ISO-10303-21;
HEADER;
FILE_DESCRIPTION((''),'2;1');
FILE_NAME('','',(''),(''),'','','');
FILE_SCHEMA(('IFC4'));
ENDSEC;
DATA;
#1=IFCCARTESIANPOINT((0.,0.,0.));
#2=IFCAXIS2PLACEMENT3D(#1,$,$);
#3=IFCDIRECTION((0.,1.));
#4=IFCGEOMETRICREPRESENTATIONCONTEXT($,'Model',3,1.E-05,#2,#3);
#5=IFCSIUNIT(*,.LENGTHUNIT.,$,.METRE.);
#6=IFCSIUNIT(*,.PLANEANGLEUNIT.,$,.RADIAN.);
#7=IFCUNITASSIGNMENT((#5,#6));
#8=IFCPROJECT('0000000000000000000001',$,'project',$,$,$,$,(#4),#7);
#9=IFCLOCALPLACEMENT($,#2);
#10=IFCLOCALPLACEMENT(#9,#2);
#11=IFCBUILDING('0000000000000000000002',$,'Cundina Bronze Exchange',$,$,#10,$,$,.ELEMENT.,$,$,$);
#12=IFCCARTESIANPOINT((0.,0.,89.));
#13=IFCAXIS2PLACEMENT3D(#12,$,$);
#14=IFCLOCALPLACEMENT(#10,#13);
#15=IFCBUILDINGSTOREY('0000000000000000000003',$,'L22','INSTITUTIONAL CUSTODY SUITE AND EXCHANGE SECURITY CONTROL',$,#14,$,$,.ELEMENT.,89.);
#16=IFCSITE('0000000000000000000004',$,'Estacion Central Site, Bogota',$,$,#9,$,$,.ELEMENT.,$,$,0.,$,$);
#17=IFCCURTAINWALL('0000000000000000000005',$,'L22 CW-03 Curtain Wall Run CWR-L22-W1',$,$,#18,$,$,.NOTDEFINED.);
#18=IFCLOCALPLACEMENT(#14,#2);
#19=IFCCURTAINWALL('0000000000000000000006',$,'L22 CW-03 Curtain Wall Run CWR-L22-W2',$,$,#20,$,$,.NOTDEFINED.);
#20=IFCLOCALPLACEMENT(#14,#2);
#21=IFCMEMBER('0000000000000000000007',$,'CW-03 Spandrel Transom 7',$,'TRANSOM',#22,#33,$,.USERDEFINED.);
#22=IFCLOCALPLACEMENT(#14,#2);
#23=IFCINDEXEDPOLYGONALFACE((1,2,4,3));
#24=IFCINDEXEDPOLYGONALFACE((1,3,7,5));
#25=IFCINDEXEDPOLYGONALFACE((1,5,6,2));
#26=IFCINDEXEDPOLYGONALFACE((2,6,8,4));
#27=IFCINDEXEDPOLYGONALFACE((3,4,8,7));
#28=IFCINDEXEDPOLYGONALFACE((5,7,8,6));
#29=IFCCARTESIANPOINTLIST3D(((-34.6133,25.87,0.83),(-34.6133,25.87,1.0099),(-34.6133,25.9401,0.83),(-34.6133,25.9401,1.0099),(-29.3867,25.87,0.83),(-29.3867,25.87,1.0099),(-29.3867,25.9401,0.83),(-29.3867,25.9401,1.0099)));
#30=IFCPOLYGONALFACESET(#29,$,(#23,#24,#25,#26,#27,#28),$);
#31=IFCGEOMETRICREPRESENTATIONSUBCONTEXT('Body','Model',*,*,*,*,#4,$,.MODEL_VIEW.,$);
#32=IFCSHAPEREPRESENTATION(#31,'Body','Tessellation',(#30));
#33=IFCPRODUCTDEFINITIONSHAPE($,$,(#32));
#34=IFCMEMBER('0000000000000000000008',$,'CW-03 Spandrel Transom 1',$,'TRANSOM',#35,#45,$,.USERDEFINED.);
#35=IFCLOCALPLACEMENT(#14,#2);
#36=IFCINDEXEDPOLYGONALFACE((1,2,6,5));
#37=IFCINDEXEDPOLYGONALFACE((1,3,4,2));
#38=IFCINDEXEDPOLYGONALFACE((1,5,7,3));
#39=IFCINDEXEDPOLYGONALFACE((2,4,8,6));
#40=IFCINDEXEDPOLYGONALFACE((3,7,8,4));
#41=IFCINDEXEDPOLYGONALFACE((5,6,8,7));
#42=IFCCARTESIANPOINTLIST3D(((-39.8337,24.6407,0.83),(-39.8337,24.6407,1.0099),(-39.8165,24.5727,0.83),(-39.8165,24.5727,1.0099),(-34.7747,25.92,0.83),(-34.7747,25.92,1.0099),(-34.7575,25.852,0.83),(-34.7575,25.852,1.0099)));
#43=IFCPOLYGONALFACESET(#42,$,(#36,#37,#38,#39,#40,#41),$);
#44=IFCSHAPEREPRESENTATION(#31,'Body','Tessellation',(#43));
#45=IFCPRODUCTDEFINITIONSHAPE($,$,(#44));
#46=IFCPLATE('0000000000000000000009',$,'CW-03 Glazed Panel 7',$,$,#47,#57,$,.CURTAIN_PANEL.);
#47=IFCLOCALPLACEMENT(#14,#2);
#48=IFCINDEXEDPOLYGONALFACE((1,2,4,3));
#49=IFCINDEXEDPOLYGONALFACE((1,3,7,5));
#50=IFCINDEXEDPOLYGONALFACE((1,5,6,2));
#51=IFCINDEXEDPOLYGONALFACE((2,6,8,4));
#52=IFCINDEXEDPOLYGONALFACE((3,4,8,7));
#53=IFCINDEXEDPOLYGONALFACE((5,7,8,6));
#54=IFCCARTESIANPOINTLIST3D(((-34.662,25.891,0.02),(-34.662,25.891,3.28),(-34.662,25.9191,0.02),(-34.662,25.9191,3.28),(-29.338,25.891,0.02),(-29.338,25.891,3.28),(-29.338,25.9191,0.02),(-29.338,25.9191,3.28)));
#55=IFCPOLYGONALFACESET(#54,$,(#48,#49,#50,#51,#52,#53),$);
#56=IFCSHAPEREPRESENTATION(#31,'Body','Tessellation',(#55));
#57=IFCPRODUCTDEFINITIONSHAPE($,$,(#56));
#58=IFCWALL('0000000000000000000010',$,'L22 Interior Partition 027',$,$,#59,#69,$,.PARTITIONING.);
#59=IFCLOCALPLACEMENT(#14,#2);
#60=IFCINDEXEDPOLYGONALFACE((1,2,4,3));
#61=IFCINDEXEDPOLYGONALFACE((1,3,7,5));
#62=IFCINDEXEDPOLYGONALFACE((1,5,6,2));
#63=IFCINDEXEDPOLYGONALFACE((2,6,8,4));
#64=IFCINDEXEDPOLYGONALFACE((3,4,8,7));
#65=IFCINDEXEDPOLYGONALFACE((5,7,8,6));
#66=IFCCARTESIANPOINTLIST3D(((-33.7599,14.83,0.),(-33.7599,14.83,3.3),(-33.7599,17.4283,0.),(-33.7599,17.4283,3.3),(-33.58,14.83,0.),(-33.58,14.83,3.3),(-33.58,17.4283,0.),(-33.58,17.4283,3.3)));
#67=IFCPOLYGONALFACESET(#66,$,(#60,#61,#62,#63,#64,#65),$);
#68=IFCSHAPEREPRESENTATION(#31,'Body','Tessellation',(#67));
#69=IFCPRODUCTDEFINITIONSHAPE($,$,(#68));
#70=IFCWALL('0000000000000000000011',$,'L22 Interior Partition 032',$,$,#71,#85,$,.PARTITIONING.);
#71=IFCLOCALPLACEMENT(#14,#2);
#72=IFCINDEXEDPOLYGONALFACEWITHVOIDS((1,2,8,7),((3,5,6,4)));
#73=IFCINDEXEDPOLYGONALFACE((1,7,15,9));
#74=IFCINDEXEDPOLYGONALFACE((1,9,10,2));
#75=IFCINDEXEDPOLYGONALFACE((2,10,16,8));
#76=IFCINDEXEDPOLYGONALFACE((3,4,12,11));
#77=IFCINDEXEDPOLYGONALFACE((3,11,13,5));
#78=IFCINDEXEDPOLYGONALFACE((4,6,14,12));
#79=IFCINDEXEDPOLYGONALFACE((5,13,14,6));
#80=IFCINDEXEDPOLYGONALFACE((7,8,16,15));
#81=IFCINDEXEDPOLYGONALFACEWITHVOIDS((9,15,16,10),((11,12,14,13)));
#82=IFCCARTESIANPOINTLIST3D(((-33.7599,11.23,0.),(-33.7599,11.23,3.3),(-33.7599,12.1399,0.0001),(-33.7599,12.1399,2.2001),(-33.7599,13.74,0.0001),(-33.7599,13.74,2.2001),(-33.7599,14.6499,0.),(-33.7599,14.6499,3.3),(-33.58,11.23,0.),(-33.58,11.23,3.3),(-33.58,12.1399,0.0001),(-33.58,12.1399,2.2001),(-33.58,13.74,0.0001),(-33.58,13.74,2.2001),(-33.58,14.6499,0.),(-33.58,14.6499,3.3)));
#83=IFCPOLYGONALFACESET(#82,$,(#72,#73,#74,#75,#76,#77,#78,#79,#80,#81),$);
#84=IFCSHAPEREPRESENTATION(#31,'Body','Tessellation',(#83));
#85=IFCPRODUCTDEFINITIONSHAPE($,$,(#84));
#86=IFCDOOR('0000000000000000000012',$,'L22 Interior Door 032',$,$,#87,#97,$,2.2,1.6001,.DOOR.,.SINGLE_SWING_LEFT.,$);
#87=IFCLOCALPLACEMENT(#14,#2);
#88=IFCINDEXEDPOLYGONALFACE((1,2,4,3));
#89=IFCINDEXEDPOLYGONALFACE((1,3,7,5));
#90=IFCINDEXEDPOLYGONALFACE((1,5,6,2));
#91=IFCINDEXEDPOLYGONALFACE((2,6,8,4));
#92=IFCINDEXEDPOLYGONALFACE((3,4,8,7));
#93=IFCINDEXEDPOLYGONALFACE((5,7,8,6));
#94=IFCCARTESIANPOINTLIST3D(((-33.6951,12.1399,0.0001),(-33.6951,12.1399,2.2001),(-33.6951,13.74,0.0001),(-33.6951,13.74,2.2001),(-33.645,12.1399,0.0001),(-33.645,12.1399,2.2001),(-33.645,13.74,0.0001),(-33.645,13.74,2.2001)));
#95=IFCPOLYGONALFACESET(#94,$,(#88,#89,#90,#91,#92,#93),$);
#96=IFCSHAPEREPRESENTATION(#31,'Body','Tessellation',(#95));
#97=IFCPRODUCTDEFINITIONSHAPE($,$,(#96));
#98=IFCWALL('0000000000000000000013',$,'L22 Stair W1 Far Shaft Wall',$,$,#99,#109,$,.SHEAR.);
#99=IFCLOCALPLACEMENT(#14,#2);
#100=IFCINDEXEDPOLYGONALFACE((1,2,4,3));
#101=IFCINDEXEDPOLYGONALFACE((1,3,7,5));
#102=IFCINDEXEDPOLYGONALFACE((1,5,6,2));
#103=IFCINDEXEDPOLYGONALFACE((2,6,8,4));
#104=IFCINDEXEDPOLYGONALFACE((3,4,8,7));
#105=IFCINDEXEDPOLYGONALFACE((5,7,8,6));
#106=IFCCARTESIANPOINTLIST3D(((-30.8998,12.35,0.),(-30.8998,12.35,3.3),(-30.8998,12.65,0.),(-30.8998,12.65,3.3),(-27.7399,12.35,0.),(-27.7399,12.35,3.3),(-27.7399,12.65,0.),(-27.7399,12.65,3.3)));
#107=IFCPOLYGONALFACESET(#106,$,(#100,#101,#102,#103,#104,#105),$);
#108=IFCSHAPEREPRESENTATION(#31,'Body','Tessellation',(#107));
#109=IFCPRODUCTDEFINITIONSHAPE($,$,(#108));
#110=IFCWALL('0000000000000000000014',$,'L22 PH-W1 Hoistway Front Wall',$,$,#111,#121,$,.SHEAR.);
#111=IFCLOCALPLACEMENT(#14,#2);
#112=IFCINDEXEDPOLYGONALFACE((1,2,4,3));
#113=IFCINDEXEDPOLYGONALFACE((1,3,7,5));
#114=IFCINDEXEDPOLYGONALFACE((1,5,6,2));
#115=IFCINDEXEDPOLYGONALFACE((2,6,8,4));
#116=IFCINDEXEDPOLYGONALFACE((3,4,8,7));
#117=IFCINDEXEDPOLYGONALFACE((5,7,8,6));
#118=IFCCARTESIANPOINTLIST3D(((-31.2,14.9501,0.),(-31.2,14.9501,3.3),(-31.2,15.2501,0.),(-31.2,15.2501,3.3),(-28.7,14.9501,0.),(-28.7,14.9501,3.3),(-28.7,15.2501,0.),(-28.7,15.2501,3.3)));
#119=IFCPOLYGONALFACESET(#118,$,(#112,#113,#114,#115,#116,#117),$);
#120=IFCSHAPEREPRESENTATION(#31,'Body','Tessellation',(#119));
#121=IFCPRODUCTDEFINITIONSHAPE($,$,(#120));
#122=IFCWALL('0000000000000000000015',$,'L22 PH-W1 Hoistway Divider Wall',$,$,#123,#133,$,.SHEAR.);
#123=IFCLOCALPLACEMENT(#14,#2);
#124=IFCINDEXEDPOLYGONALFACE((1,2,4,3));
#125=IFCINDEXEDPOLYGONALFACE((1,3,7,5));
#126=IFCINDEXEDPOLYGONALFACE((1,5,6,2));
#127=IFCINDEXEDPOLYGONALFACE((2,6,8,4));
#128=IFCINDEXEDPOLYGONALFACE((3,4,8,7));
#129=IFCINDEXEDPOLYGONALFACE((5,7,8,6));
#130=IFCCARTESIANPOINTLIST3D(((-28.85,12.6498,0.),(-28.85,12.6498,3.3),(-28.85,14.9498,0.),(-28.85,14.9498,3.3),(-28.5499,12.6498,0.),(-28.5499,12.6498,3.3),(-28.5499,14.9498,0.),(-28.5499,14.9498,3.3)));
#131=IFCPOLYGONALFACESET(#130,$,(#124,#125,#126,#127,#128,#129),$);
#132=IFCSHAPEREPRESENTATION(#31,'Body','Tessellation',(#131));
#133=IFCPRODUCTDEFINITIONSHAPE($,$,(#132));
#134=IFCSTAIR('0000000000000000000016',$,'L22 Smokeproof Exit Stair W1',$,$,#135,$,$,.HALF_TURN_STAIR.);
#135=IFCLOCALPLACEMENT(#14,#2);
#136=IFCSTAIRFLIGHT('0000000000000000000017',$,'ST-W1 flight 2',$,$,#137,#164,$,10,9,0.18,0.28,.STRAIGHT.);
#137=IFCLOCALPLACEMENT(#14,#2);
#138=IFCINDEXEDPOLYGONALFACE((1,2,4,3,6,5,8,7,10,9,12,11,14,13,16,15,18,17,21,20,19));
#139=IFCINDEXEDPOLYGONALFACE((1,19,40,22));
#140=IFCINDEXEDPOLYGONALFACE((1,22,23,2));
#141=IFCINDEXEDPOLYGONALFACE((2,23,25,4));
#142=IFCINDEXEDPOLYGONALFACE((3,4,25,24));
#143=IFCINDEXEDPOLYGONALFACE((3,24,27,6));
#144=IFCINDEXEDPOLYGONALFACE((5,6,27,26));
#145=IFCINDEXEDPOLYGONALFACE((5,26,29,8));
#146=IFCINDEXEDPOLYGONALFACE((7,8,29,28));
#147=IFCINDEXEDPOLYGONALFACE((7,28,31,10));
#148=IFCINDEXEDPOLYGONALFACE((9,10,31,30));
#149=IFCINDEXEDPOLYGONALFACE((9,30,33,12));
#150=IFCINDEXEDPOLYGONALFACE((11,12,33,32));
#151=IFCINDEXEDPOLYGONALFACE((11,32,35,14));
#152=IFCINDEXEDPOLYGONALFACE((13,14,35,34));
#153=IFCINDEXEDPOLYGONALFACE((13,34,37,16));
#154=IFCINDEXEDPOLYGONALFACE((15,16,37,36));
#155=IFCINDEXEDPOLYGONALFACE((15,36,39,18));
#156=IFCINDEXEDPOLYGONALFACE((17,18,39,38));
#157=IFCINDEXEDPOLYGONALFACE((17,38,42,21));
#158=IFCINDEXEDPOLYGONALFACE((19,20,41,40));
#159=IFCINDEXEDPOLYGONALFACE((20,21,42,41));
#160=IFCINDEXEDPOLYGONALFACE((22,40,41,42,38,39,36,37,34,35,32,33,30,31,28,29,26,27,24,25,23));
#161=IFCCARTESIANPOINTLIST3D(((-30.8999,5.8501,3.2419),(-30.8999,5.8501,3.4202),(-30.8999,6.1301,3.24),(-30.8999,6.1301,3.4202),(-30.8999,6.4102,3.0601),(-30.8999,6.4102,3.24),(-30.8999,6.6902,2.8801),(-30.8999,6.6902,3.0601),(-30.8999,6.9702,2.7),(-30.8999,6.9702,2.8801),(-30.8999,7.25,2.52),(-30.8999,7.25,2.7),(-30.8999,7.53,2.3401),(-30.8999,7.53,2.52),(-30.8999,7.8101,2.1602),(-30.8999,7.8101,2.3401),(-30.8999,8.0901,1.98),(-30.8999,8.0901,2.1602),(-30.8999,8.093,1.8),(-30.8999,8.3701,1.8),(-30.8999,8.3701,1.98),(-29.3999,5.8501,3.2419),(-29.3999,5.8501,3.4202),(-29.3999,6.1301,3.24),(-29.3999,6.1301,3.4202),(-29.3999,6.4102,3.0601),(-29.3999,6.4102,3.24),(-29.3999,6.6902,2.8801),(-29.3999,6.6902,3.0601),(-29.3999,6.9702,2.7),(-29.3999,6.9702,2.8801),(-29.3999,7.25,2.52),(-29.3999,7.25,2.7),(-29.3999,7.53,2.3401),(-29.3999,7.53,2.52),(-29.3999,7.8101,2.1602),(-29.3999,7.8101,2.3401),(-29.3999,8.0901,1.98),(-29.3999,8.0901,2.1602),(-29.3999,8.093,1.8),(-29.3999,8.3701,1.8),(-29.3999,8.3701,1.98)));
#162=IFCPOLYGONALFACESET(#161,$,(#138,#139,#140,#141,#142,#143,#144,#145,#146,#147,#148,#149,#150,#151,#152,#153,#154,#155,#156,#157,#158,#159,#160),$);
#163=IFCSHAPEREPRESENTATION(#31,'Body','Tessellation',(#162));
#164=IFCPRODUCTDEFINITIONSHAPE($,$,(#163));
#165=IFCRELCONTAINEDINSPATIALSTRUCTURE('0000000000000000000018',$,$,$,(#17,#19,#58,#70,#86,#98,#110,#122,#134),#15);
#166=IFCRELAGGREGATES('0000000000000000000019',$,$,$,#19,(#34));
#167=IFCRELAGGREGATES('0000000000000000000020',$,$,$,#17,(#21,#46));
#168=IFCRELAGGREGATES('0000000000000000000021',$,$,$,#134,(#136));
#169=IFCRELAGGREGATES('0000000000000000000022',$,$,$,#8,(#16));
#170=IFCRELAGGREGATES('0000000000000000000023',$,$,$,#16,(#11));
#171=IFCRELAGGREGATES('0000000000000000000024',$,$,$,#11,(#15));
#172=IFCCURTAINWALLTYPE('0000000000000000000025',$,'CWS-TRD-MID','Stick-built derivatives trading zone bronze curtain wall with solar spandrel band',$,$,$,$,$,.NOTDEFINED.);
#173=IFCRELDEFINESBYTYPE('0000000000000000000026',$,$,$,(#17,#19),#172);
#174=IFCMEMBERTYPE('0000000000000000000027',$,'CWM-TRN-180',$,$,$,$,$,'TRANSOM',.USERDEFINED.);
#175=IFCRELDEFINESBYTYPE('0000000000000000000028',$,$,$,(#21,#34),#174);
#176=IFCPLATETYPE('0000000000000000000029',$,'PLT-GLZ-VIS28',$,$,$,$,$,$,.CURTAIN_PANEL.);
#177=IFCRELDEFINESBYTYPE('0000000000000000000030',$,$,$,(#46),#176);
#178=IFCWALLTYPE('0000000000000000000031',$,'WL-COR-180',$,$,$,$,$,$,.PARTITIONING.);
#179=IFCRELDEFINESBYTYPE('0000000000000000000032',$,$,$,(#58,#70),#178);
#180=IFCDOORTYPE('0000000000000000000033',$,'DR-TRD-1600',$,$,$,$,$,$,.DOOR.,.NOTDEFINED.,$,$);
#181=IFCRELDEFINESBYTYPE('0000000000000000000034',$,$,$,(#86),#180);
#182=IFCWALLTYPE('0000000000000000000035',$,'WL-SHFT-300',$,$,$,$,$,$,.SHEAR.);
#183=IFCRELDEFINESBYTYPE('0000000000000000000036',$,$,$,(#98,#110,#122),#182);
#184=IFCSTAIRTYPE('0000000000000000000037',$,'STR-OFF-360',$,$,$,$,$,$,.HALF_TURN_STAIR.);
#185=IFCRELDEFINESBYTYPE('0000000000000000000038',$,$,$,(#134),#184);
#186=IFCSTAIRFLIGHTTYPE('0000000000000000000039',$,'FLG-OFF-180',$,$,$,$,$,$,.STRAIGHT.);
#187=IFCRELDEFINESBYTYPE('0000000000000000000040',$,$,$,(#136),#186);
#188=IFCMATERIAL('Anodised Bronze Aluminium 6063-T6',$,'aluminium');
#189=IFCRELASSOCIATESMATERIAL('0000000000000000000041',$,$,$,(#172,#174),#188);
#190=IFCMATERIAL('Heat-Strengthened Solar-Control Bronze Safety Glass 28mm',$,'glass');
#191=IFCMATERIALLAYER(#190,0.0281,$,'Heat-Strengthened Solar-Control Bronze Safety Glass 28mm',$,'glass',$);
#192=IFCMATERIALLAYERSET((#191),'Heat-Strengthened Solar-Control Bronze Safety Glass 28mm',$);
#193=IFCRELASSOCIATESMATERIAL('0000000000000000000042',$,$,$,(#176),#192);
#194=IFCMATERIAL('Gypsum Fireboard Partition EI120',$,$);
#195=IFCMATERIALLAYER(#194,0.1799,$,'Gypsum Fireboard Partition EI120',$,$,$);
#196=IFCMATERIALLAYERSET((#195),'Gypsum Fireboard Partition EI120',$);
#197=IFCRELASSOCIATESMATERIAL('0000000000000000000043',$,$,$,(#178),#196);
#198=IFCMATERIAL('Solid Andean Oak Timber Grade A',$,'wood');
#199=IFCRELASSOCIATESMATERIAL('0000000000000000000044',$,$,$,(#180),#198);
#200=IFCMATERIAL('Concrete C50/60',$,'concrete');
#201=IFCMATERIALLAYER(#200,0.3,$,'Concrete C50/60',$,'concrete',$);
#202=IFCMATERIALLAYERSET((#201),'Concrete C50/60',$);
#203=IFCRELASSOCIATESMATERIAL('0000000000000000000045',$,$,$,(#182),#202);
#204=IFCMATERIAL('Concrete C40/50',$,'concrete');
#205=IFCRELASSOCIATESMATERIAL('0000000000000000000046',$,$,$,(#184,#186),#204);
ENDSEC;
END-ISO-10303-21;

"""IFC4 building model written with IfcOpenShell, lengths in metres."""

from ifc_helpers import new_model, si_unit, direction, frame, frame_2d, origin, origin_2d, place, context, subcontext, project, spatial, polyline, rectangle, outline, extrude, material, layer, layer_set, material_profile, profile_set, type_object, element, fill, aggregate, save


model = new_model("IFC4")

# Units and contexts
model_context = context("Model", 3, precision=1e-05, world=origin(), true_north=direction((0.0, 1.0)))
body_context = subcontext(model_context, "Body", "Model", "MODEL_VIEW")
ifc_project = project(units=[si_unit("LENGTHUNIT", "METRE"), si_unit("PLANEANGLEUNIT", "RADIAN")], contexts=[model_context])

# Site, building, storey
site_placement = place(None, origin())
site = spatial("IfcSite", under=ifc_project, at=site_placement, Name="Estacion Central Site, Bogota", CompositionType="ELEMENT", RefElevation=0.0)
building_placement = place(site_placement, origin())
building = spatial("IfcBuilding", under=site, at=building_placement, Name="Cundina Bronze Exchange", CompositionType="ELEMENT")
storey_placement = place(building_placement, frame((0.0, 0.0, 89.0)))
storey = spatial("IfcBuildingStorey", under=building, at=storey_placement, Name="L22", Description="INSTITUTIONAL CUSTODY SUITE AND EXCHANGE SECURITY CONTROL", CompositionType="ELEMENT", Elevation=89.0)

# Curtain wall
ifc_material_1 = material(Name="Anodised Bronze Aluminium 6063-T6", Category="aluminium")
curtain_wall_type = type_object("IfcCurtainWallType", Name="CWS-TRD-MID", Description="Stick-built derivatives trading zone bronze curtain wall with solar spandrel band", PredefinedType="NOTDEFINED", material=ifc_material_1)
curtain_wall_1_placement = place(storey_placement, origin())
curtain_wall_1 = element("IfcCurtainWall", 1, at=curtain_wall_1_placement, inside=storey, type_object=curtain_wall_type, Name="L22 CW-03 Curtain Wall Run CWR-L22-W1", PredefinedType="NOTDEFINED")

# Curtain wall
curtain_wall_2_placement = place(storey_placement, origin())
curtain_wall_2 = element("IfcCurtainWall", 2, at=curtain_wall_2_placement, inside=storey, type_object=curtain_wall_type, Name="L22 CW-03 Curtain Wall Run CWR-L22-W2", PredefinedType="NOTDEFINED")

# Members
ifc_material_profile_1 = material_profile(ifc_material_1, rectangle(XDim=0.0701, YDim=0.1799, at=origin_2d()), Name="AL70X180", Category="aluminium")
ifc_profile_set_1 = profile_set([ifc_material_profile_1], Name="Anodised Bronze Aluminium 6063-T6")
member_type_1 = type_object("IfcMemberType", Name="CWM-TRN-180", ElementType="TRANSOM", PredefinedType="USERDEFINED", material=ifc_profile_set_1)
member_1_placement = place(storey_placement, frame((-29.3867, 25.905, 0.9199), z_axis=(-1.0, 0.0, 0.0), x_axis=(0.0, -1.0, 0.0)))
member_1 = element("IfcMember", 3, at=member_1_placement, type_object=member_type_1, Name="CW-03 Spandrel Transom 7", ObjectType="TRANSOM", PredefinedType="USERDEFINED", context=body_context, shape_type="SweptSolid", body=[
    extrude(rectangle(XDim=0.0701, YDim=0.1799, at=origin_2d()), origin(), (0.0, 0.0, 1.0), 5.2266),
])
member_2_placement = place(storey_placement, frame((-34.7661, 25.886, 0.9199), z_axis=(-0.969484, -0.245155, 0.0), x_axis=(0.245155, -0.969484, 0.0)))
member_2 = element("IfcMember", 4, at=member_2_placement, type_object=member_type_1, Name="CW-03 Spandrel Transom 1", ObjectType="TRANSOM", PredefinedType="USERDEFINED", context=body_context, shape_type="SweptSolid", body=[
    extrude(rectangle(XDim=0.0701, YDim=0.1799, at=origin_2d()), origin(), (0.0, 0.0, 1.0), 5.2183),
])
aggregate(curtain_wall_2, [member_2])

# Plate
ifc_material_2 = material(Name="Heat-Strengthened Solar-Control Bronze Safety Glass 28mm", Category="glass")
ifc_layer_1 = layer(ifc_material_2, 0.0281, Name="Heat-Strengthened Solar-Control Bronze Safety Glass 28mm", Category="glass")
ifc_layer_set_1 = layer_set([ifc_layer_1], Name="Heat-Strengthened Solar-Control Bronze Safety Glass 28mm")
plate_type = type_object("IfcPlateType", Name="PLT-GLZ-VIS28", PredefinedType="CURTAIN_PANEL", material=ifc_layer_set_1)
plate_placement = place(storey_placement, frame((-32.0, 25.905, 0.02), z_axis=(0.0, 0.0, 1.0), x_axis=(-1.0, 0.0, 0.0)))
plate = element("IfcPlate", 5, at=plate_placement, type_object=plate_type, Name="CW-03 Glazed Panel 7", PredefinedType="CURTAIN_PANEL", context=body_context, shape_type="SweptSolid", body=[
    extrude(rectangle(XDim=5.324, YDim=0.0281, at=origin_2d()), origin(), (0.0, 0.0, 1.0), 3.26),
])
aggregate(curtain_wall_1, [member_1, plate])

# Shared definitions
ifc_material_3 = material(Name="Gypsum Fireboard Partition EI120")
ifc_layer_2 = layer(ifc_material_3, 0.1799, Name="Gypsum Fireboard Partition EI120")
ifc_layer_set_2 = layer_set([ifc_layer_2], Name="Gypsum Fireboard Partition EI120")
wall_type_1 = type_object("IfcWallType", Name="WL-COR-180", PredefinedType="PARTITIONING", material=ifc_layer_set_2)
ifc_material_4 = material(Name="Solid Andean Oak Timber Grade A", Category="wood")

# Wall
wall_1_placement = place(storey_placement, frame((-33.6699, 17.4285, 0.0), z_axis=(0.0, 0.0, 1.0), x_axis=(0.0, -1.0, 0.0)))
element("IfcWall", 6, at=wall_1_placement, inside=storey, type_object=wall_type_1, Name="L22 Interior Partition 027", PredefinedType="PARTITIONING", context=body_context, shape_type="SweptSolid", body=[
    extrude(rectangle(XDim=2.5984, YDim=0.1799, at=frame_2d((1.2993, 0.0))), origin(), (0.0, 0.0, 1.0), 3.3),
])

# Wall, opening, door
wall_2_placement = place(storey_placement, frame((-33.6699, 14.6499, 0.0), z_axis=(0.0, 0.0, 1.0), x_axis=(0.0, -1.0, 0.0)))
wall_2 = element("IfcWall", 7, at=wall_2_placement, inside=storey, type_object=wall_type_1, Name="L22 Interior Partition 032", PredefinedType="PARTITIONING", context=body_context, shape_type="SweptSolid", body=[
    extrude(rectangle(XDim=3.4199, YDim=0.1799, at=frame_2d((1.71, 0.0))), origin(), (0.0, 0.0, 1.0), 3.3),
])
opening_1_placement = place(wall_2_placement, frame((0.9099, 0.0, 0.0)))
opening_1 = element("IfcOpeningElement", 8, at=opening_1_placement, cuts=wall_2, PredefinedType="OPENING", context=body_context, shape_type="SweptSolid", body=[
    extrude(rectangle(XDim=1.6001, YDim=2.2, at=frame_2d((0.8, 1.1001))), frame((0.0, 0.0999, 0.0), z_axis=(0.0, -1.0, 0.0), x_axis=(1.0, 0.0, 0.0)), (0.0, 0.0, 1.0), 0.2),
])
door_type_1 = type_object("IfcDoorType", Name="DR-TRD-1600", OperationType="NOTDEFINED", PredefinedType="DOOR", material=ifc_material_4)
door_1_placement = place(opening_1_placement, origin())
door_1 = element("IfcDoor", 9, at=door_1_placement, inside=storey, type_object=door_type_1, Name="L22 Interior Door 032", OperationType="SINGLE_SWING_LEFT", OverallHeight=2.2, OverallWidth=1.6001, PredefinedType="DOOR", context=body_context, shape_type="SweptSolid", body=[
    extrude(rectangle(XDim=1.6001, YDim=2.2, at=frame_2d((0.8, 1.1001))), frame((0.0, 0.0249, 0.0), z_axis=(0.0, -1.0, 0.0), x_axis=(1.0, 0.0, 0.0)), (0.0, 0.0, 1.0), 0.05),
])
fill(opening_1, door_1)
ifc_material_5 = material(Name="Concrete C50/60", Category="concrete")
ifc_layer_3 = layer(ifc_material_5, 0.3, Name="Concrete C50/60", Category="concrete")
ifc_layer_set_3 = layer_set([ifc_layer_3], Name="Concrete C50/60")
wall_type_2 = type_object("IfcWallType", Name="WL-SHFT-300", PredefinedType="SHEAR", material=ifc_layer_set_3)

# Walls
wall_3_placement = place(storey_placement, frame((-30.8999, 12.5, 0.0), z_axis=(0.0, 0.0, 1.0), x_axis=(1.0, 0.0, 0.0)))
element("IfcWall", 10, at=wall_3_placement, inside=storey, type_object=wall_type_2, Name="L22 Stair W1 Far Shaft Wall", PredefinedType="SHEAR", context=body_context, shape_type="SweptSolid", body=[
    extrude(rectangle(XDim=3.1599, YDim=0.3, at=frame_2d((1.5801, 0.0))), origin(), (0.0, 0.0, 1.0), 3.3),
])
wall_4_placement = place(storey_placement, frame((-31.2, 15.1001, 0.0), z_axis=(0.0, 0.0, 1.0), x_axis=(1.0, 0.0, 0.0)))
element("IfcWall", 11, at=wall_4_placement, inside=storey, type_object=wall_type_2, Name="L22 PH-W1 Hoistway Front Wall", PredefinedType="SHEAR", context=body_context, shape_type="SweptSolid", body=[
    extrude(rectangle(XDim=2.5, YDim=0.3, at=frame_2d((1.25, 0.0))), origin(), (0.0, 0.0, 1.0), 3.3),
])
wall_5_placement = place(storey_placement, frame((-28.7, 12.6499, 0.0), z_axis=(0.0, 0.0, 1.0), x_axis=(0.0, 1.0, 0.0)))
element("IfcWall", 12, at=wall_5_placement, inside=storey, type_object=wall_type_2, Name="L22 PH-W1 Hoistway Divider Wall", PredefinedType="SHEAR", context=body_context, shape_type="SweptSolid", body=[
    extrude(rectangle(XDim=2.3, YDim=0.3, at=frame_2d((1.1499, 0.0))), origin(), (0.0, 0.0, 1.0), 3.3),
])

# Stair, stair flight
ifc_material_6 = material(Name="Concrete C40/50", Category="concrete")
stair_type = type_object("IfcStairType", Name="STR-OFF-360", PredefinedType="HALF_TURN_STAIR", material=ifc_material_6)
stair_placement = place(storey_placement, origin())
stair = element("IfcStair", 13, at=stair_placement, inside=storey, type_object=stair_type, Name="L22 Smokeproof Exit Stair W1", PredefinedType="HALF_TURN_STAIR")
stair_flight_type = type_object("IfcStairFlightType", Name="FLG-OFF-180", PredefinedType="STRAIGHT", material=ifc_material_6)
stair_flight_placement = place(storey_placement, frame((-30.1499, 8.3701, 1.8), z_axis=(0.0, 0.0, 1.0), x_axis=(0.0, -1.0, 0.0)))
stair_flight = element("IfcStairFlight", 14, at=stair_flight_placement, type_object=stair_flight_type, Name="ST-W1 flight 2", NumberOfRisers=10, NumberOfTreads=9, PredefinedType="STRAIGHT", RiserHeight=0.18, TreadLength=0.28, context=body_context, shape_type="SweptSolid", body=[
    extrude(outline(polyline([(0.0, 0.0), (0.0, 0.1799), (0.28, 0.1799), (0.28, 0.3601), (0.5601, 0.3601), (0.5601, 0.54), (0.8401, 0.54), (0.8401, 0.72), (1.1201, 0.72), (1.1201, 0.8999), (1.3999, 0.8999), (1.3999, 1.0801), (1.6799, 1.0801), (1.6799, 1.26), (1.96, 1.26), (1.96, 1.4399), (2.24, 1.4399), (2.24, 1.6201), (2.52, 1.6201), (2.52, 1.8), (2.52, 1.4419), (0.2771, 0.0), (0.0, 0.0)])), frame((0.0, 0.75, 0.0), z_axis=(0.0, -1.0, 0.0), x_axis=(1.0, 0.0, 0.0)), (0.0, 0.0, 1.0), 1.5),
])
aggregate(stair, [stair_flight])

save(model, "model.ifc")
